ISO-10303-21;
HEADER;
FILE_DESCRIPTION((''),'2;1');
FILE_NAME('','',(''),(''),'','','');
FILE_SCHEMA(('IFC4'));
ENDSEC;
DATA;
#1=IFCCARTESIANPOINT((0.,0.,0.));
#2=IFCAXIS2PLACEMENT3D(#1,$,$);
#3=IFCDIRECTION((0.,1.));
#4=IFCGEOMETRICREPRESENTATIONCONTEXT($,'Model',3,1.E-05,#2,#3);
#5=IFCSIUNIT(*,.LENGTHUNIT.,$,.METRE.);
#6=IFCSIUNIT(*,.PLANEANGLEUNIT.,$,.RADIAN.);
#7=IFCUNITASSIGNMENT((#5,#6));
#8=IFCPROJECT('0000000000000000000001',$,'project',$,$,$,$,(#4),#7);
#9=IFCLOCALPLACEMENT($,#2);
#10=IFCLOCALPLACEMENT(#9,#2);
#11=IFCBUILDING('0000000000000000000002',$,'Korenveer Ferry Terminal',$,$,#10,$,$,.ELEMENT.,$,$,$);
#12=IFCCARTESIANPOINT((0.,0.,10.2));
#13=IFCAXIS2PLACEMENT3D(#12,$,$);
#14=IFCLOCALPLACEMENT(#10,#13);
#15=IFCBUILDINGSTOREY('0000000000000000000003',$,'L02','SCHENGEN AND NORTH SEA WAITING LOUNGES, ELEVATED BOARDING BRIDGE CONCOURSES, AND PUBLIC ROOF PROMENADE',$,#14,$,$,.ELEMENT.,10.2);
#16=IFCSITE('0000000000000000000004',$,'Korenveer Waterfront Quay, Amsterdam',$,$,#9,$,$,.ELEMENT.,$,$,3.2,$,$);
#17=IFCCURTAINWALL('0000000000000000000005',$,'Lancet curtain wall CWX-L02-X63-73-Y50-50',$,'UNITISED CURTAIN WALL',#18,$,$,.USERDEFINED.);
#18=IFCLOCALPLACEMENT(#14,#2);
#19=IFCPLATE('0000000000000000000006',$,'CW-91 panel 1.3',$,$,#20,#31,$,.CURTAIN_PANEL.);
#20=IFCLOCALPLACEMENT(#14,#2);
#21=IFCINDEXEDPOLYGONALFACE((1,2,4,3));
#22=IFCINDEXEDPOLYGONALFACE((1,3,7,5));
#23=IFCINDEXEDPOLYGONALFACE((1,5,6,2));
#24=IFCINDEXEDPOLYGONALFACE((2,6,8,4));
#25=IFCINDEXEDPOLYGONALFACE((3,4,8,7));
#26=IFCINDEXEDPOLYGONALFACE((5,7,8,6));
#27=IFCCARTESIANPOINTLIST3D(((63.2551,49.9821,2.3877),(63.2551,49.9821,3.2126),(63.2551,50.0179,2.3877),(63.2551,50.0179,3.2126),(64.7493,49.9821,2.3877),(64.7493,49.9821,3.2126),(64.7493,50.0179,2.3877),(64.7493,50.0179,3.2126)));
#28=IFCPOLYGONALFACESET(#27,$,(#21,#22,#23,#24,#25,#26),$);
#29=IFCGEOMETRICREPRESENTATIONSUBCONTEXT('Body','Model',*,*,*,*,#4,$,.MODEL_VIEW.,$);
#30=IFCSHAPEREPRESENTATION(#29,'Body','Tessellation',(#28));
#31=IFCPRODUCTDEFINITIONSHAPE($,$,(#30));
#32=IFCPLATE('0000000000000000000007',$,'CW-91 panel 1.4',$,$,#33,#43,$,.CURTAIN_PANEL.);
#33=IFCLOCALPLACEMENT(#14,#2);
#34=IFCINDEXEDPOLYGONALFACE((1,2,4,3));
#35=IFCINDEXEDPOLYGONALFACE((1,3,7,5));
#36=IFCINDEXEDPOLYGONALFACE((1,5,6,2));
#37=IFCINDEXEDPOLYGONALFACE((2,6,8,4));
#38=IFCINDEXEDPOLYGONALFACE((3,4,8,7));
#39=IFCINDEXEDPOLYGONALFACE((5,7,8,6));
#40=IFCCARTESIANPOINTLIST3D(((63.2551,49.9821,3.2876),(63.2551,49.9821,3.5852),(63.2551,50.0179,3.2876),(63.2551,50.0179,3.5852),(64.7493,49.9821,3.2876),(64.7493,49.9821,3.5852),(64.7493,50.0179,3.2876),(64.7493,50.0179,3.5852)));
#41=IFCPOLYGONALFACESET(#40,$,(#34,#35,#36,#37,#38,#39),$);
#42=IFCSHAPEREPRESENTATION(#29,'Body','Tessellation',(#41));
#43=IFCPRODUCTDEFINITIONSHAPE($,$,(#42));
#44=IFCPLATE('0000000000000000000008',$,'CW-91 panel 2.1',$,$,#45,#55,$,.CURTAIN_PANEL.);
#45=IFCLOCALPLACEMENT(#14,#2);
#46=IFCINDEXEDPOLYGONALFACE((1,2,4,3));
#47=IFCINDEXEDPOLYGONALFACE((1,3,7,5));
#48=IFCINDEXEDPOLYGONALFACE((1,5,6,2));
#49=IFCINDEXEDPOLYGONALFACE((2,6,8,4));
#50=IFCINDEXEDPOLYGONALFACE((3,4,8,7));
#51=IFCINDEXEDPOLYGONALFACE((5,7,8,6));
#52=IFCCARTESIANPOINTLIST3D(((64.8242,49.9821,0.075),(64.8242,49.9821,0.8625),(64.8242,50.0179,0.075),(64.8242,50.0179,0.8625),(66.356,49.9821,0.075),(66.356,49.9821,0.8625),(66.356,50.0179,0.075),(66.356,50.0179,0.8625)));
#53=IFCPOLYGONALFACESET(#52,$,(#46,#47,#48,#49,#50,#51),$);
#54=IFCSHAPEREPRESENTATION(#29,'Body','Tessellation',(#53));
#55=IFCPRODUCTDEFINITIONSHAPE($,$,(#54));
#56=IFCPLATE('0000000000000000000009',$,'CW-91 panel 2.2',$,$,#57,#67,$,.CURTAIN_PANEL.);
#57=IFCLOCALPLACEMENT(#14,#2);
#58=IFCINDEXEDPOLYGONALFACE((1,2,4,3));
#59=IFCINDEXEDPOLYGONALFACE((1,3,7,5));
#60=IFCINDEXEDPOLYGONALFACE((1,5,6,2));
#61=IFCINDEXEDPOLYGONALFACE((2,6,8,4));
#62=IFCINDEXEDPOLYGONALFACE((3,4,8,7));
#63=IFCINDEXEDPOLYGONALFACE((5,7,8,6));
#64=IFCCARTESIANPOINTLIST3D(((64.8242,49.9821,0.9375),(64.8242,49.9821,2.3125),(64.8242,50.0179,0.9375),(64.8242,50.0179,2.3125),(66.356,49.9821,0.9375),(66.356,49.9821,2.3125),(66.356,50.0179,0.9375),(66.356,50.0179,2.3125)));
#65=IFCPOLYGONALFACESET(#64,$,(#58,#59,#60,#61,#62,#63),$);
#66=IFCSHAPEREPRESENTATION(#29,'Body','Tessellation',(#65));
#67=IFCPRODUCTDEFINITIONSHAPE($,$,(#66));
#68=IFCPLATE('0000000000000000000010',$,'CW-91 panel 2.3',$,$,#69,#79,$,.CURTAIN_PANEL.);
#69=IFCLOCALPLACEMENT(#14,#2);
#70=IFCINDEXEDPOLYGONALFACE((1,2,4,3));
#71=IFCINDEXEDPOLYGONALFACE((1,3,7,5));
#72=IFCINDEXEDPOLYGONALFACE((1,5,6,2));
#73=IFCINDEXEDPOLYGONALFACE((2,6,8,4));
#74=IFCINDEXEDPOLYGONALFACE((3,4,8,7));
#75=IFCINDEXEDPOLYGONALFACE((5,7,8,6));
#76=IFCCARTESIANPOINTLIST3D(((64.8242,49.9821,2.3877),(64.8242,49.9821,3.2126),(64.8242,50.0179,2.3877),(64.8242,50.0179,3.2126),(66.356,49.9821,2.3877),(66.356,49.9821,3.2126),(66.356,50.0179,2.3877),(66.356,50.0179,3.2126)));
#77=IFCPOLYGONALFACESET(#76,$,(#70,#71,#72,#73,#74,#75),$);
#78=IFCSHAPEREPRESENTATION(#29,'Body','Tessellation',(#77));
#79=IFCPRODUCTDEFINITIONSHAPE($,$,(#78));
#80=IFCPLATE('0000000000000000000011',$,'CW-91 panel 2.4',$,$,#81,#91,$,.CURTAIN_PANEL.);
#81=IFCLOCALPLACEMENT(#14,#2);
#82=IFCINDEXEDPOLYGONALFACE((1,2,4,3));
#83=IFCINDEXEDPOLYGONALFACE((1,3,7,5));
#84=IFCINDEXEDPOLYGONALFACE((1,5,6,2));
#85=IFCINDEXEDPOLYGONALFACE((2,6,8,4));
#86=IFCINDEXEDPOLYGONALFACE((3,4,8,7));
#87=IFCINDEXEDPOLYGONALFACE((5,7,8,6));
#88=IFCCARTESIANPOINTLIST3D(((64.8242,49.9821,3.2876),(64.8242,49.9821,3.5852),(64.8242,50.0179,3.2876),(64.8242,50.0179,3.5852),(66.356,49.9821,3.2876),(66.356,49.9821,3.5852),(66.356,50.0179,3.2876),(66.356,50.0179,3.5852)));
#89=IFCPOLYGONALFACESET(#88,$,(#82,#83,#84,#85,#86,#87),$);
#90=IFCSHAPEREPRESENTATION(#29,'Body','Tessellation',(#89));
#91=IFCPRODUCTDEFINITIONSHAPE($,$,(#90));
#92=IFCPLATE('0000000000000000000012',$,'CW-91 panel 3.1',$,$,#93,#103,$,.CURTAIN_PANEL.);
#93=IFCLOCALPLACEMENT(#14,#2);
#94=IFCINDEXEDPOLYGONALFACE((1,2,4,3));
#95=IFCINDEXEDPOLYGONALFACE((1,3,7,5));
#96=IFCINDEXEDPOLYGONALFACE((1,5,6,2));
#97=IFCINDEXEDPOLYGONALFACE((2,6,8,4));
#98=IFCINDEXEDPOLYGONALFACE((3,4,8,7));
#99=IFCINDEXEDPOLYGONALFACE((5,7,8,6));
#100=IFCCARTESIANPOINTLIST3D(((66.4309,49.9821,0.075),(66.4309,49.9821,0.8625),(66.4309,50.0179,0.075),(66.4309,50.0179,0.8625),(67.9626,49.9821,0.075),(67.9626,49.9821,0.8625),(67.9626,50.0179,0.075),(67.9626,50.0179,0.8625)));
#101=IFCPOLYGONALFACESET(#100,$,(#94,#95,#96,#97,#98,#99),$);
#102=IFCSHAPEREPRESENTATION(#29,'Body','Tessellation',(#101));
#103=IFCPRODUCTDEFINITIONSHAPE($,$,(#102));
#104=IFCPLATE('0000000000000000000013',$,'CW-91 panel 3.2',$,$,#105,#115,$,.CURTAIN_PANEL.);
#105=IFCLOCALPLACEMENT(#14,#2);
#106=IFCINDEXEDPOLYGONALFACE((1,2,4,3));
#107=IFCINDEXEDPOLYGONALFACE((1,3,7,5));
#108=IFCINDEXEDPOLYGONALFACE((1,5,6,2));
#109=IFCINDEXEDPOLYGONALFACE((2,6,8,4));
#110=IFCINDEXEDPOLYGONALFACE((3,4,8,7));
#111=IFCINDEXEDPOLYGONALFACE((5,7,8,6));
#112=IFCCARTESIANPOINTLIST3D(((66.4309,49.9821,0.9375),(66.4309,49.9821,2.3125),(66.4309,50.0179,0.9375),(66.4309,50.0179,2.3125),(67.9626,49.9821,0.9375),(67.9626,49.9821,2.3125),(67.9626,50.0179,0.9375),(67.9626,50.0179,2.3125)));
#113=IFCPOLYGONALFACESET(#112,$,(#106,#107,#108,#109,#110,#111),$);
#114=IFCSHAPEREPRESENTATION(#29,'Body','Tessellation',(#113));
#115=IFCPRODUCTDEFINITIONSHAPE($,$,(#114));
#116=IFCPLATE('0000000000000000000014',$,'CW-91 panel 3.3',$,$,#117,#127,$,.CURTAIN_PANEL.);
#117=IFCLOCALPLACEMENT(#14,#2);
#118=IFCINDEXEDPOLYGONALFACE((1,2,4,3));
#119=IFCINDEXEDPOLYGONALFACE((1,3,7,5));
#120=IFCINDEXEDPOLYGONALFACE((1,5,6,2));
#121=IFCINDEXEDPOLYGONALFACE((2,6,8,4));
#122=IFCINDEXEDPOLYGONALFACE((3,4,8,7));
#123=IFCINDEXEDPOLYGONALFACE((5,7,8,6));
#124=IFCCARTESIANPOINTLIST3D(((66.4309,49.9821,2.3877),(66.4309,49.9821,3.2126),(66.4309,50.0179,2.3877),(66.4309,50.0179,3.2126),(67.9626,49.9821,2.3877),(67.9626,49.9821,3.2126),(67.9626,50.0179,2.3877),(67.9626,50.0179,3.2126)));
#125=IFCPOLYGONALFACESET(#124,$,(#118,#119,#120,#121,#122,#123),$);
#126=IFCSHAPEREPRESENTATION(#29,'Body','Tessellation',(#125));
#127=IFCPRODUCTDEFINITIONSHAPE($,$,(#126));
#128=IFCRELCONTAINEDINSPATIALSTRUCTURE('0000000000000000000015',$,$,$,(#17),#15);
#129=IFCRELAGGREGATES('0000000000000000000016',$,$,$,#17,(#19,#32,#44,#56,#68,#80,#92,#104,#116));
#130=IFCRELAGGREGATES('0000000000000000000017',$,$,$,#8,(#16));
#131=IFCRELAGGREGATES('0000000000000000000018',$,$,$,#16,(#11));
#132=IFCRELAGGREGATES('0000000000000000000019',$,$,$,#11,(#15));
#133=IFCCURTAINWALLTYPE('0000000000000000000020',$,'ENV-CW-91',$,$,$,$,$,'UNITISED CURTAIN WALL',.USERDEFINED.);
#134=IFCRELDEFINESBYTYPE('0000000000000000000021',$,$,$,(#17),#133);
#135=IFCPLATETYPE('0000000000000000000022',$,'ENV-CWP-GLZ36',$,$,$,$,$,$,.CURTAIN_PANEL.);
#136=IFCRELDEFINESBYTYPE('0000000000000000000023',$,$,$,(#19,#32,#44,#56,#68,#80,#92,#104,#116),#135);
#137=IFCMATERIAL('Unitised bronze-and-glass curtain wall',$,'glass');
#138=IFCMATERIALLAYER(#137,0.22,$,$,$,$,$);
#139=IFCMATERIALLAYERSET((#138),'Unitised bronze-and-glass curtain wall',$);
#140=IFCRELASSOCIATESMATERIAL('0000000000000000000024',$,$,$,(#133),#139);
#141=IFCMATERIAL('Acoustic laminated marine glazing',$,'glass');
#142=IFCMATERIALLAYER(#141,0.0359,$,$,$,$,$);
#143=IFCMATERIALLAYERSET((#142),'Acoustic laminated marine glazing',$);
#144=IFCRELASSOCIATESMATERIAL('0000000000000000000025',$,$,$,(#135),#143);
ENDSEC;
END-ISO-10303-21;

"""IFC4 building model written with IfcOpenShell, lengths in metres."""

from ifc_helpers import new_model, si_unit, direction, frame, origin, origin_2d, place, context, subcontext, project, spatial, rectangle, extrude, material, layer, layer_set, type_object, element, aggregate, save


model = new_model("IFC4")

# Units and contexts
model_context = context("Model", 3, precision=1e-05, world=origin(), true_north=direction((0.0, 1.0)))
body_context = subcontext(model_context, "Body", "Model", "MODEL_VIEW")
ifc_project = project(units=[si_unit("LENGTHUNIT", "METRE"), si_unit("PLANEANGLEUNIT", "RADIAN")], contexts=[model_context])

# Site, building, storey
site_placement = place(None, origin())
site = spatial("IfcSite", under=ifc_project, at=site_placement, Name="Korenveer Waterfront Quay, Amsterdam", CompositionType="ELEMENT", RefElevation=3.2)
building_placement = place(site_placement, origin())
building = spatial("IfcBuilding", under=site, at=building_placement, Name="Korenveer Ferry Terminal", CompositionType="ELEMENT")
storey_placement = place(building_placement, frame((0.0, 0.0, 10.2)))
storey = spatial("IfcBuildingStorey", under=building, at=storey_placement, Name="L02", Description="SCHENGEN AND NORTH SEA WAITING LOUNGES, ELEVATED BOARDING BRIDGE CONCOURSES, AND PUBLIC ROOF PROMENADE", CompositionType="ELEMENT", Elevation=10.2)

# Shared definitions
ifc_material_1 = material(Name="Unitised bronze-and-glass curtain wall", Category="glass")

# Curtain wall
ifc_layer_1 = layer(ifc_material_1, 0.22)
ifc_layer_set_1 = layer_set([ifc_layer_1], Name="Unitised bronze-and-glass curtain wall")
curtain_wall_type_1 = type_object("IfcCurtainWallType", Name="ENV-CW-91", ElementType="UNITISED CURTAIN WALL", PredefinedType="USERDEFINED", material=ifc_layer_set_1)
curtain_wall_1_placement = place(storey_placement, frame((63.1799, 50.0, 0.0)))
curtain_wall_1 = element("IfcCurtainWall", 1, at=curtain_wall_1_placement, inside=storey, type_object=curtain_wall_type_1, Name="Lancet curtain wall CWX-L02-X63-73-Y50-50", ObjectType="UNITISED CURTAIN WALL", PredefinedType="USERDEFINED")

# Plates
ifc_material_2 = material(Name="Acoustic laminated marine glazing", Category="glass")
ifc_layer_2 = layer(ifc_material_2, 0.0359)
ifc_layer_set_2 = layer_set([ifc_layer_2], Name="Acoustic laminated marine glazing")
plate_type = type_object("IfcPlateType", Name="ENV-CWP-GLZ36", PredefinedType="CURTAIN_PANEL", material=ifc_layer_set_2)
plate_1_placement = place(storey_placement, frame((64.0022, 50.0, 2.3877), z_axis=(0.0, 0.0, 1.0), x_axis=(1.0, 0.0, 0.0)))
plate_1 = element("IfcPlate", 2, at=plate_1_placement, type_object=plate_type, Name="CW-91 panel 1.3", PredefinedType="CURTAIN_PANEL", context=body_context, shape_type="SweptSolid", body=[
    extrude(rectangle(XDim=1.4941, YDim=0.0359, at=origin_2d()), origin(), (0.0, 0.0, 1.0), 0.825),
])
plate_2_placement = place(storey_placement, frame((64.0022, 50.0, 3.2876), z_axis=(0.0, 0.0, 1.0), x_axis=(1.0, 0.0, 0.0)))
plate_2 = element("IfcPlate", 3, at=plate_2_placement, type_object=plate_type, Name="CW-91 panel 1.4", PredefinedType="CURTAIN_PANEL", context=body_context, shape_type="SweptSolid", body=[
    extrude(rectangle(XDim=1.4941, YDim=0.0359, at=origin_2d()), origin(), (0.0, 0.0, 1.0), 0.2976),
])
plate_3_placement = place(storey_placement, frame((65.5901, 50.0, 0.075), z_axis=(0.0, 0.0, 1.0), x_axis=(1.0, 0.0, 0.0)))
plate_3 = element("IfcPlate", 4, at=plate_3_placement, type_object=plate_type, Name="CW-91 panel 2.1", PredefinedType="CURTAIN_PANEL", context=body_context, shape_type="SweptSolid", body=[
    extrude(rectangle(XDim=1.5317, YDim=0.0359, at=origin_2d()), origin(), (0.0, 0.0, 1.0), 0.7876),
])
plate_4_placement = place(storey_placement, frame((65.5901, 50.0, 0.9375), z_axis=(0.0, 0.0, 1.0), x_axis=(1.0, 0.0, 0.0)))
plate_4 = element("IfcPlate", 5, at=plate_4_placement, type_object=plate_type, Name="CW-91 panel 2.2", PredefinedType="CURTAIN_PANEL", context=body_context, shape_type="SweptSolid", body=[
    extrude(rectangle(XDim=1.5317, YDim=0.0359, at=origin_2d()), origin(), (0.0, 0.0, 1.0), 1.375),
])
plate_5_placement = place(storey_placement, frame((65.5901, 50.0, 2.3877), z_axis=(0.0, 0.0, 1.0), x_axis=(1.0, 0.0, 0.0)))
plate_5 = element("IfcPlate", 6, at=plate_5_placement, type_object=plate_type, Name="CW-91 panel 2.3", PredefinedType="CURTAIN_PANEL", context=body_context, shape_type="SweptSolid", body=[
    extrude(rectangle(XDim=1.5317, YDim=0.0359, at=origin_2d()), origin(), (0.0, 0.0, 1.0), 0.825),
])
plate_6_placement = place(storey_placement, frame((65.5901, 50.0, 3.2876), z_axis=(0.0, 0.0, 1.0), x_axis=(1.0, 0.0, 0.0)))
plate_6 = element("IfcPlate", 7, at=plate_6_placement, type_object=plate_type, Name="CW-91 panel 2.4", PredefinedType="CURTAIN_PANEL", context=body_context, shape_type="SweptSolid", body=[
    extrude(rectangle(XDim=1.5317, YDim=0.0359, at=origin_2d()), origin(), (0.0, 0.0, 1.0), 0.2976),
])
plate_7_placement = place(storey_placement, frame((67.1968, 50.0, 0.075), z_axis=(0.0, 0.0, 1.0), x_axis=(1.0, 0.0, 0.0)))
plate_7 = element("IfcPlate", 8, at=plate_7_placement, type_object=plate_type, Name="CW-91 panel 3.1", PredefinedType="CURTAIN_PANEL", context=body_context, shape_type="SweptSolid", body=[
    extrude(rectangle(XDim=1.5317, YDim=0.0359, at=origin_2d()), origin(), (0.0, 0.0, 1.0), 0.7876),
])
plate_8_placement = place(storey_placement, frame((67.1968, 50.0, 0.9375), z_axis=(0.0, 0.0, 1.0), x_axis=(1.0, 0.0, 0.0)))
plate_8 = element("IfcPlate", 9, at=plate_8_placement, type_object=plate_type, Name="CW-91 panel 3.2", PredefinedType="CURTAIN_PANEL", context=body_context, shape_type="SweptSolid", body=[
    extrude(rectangle(XDim=1.5317, YDim=0.0359, at=origin_2d()), origin(), (0.0, 0.0, 1.0), 1.375),
])
plate_9_placement = place(storey_placement, frame((67.1968, 50.0, 2.3877), z_axis=(0.0, 0.0, 1.0), x_axis=(1.0, 0.0, 0.0)))
plate_9 = element("IfcPlate", 10, at=plate_9_placement, type_object=plate_type, Name="CW-91 panel 3.3", PredefinedType="CURTAIN_PANEL", context=body_context, shape_type="SweptSolid", body=[
    extrude(rectangle(XDim=1.5317, YDim=0.0359, at=origin_2d()), origin(), (0.0, 0.0, 1.0), 0.825),
])
aggregate(curtain_wall_1, [plate_1, plate_2, plate_3, plate_4, plate_5, plate_6, plate_7, plate_8, plate_9])

save(model, "model.ifc")
